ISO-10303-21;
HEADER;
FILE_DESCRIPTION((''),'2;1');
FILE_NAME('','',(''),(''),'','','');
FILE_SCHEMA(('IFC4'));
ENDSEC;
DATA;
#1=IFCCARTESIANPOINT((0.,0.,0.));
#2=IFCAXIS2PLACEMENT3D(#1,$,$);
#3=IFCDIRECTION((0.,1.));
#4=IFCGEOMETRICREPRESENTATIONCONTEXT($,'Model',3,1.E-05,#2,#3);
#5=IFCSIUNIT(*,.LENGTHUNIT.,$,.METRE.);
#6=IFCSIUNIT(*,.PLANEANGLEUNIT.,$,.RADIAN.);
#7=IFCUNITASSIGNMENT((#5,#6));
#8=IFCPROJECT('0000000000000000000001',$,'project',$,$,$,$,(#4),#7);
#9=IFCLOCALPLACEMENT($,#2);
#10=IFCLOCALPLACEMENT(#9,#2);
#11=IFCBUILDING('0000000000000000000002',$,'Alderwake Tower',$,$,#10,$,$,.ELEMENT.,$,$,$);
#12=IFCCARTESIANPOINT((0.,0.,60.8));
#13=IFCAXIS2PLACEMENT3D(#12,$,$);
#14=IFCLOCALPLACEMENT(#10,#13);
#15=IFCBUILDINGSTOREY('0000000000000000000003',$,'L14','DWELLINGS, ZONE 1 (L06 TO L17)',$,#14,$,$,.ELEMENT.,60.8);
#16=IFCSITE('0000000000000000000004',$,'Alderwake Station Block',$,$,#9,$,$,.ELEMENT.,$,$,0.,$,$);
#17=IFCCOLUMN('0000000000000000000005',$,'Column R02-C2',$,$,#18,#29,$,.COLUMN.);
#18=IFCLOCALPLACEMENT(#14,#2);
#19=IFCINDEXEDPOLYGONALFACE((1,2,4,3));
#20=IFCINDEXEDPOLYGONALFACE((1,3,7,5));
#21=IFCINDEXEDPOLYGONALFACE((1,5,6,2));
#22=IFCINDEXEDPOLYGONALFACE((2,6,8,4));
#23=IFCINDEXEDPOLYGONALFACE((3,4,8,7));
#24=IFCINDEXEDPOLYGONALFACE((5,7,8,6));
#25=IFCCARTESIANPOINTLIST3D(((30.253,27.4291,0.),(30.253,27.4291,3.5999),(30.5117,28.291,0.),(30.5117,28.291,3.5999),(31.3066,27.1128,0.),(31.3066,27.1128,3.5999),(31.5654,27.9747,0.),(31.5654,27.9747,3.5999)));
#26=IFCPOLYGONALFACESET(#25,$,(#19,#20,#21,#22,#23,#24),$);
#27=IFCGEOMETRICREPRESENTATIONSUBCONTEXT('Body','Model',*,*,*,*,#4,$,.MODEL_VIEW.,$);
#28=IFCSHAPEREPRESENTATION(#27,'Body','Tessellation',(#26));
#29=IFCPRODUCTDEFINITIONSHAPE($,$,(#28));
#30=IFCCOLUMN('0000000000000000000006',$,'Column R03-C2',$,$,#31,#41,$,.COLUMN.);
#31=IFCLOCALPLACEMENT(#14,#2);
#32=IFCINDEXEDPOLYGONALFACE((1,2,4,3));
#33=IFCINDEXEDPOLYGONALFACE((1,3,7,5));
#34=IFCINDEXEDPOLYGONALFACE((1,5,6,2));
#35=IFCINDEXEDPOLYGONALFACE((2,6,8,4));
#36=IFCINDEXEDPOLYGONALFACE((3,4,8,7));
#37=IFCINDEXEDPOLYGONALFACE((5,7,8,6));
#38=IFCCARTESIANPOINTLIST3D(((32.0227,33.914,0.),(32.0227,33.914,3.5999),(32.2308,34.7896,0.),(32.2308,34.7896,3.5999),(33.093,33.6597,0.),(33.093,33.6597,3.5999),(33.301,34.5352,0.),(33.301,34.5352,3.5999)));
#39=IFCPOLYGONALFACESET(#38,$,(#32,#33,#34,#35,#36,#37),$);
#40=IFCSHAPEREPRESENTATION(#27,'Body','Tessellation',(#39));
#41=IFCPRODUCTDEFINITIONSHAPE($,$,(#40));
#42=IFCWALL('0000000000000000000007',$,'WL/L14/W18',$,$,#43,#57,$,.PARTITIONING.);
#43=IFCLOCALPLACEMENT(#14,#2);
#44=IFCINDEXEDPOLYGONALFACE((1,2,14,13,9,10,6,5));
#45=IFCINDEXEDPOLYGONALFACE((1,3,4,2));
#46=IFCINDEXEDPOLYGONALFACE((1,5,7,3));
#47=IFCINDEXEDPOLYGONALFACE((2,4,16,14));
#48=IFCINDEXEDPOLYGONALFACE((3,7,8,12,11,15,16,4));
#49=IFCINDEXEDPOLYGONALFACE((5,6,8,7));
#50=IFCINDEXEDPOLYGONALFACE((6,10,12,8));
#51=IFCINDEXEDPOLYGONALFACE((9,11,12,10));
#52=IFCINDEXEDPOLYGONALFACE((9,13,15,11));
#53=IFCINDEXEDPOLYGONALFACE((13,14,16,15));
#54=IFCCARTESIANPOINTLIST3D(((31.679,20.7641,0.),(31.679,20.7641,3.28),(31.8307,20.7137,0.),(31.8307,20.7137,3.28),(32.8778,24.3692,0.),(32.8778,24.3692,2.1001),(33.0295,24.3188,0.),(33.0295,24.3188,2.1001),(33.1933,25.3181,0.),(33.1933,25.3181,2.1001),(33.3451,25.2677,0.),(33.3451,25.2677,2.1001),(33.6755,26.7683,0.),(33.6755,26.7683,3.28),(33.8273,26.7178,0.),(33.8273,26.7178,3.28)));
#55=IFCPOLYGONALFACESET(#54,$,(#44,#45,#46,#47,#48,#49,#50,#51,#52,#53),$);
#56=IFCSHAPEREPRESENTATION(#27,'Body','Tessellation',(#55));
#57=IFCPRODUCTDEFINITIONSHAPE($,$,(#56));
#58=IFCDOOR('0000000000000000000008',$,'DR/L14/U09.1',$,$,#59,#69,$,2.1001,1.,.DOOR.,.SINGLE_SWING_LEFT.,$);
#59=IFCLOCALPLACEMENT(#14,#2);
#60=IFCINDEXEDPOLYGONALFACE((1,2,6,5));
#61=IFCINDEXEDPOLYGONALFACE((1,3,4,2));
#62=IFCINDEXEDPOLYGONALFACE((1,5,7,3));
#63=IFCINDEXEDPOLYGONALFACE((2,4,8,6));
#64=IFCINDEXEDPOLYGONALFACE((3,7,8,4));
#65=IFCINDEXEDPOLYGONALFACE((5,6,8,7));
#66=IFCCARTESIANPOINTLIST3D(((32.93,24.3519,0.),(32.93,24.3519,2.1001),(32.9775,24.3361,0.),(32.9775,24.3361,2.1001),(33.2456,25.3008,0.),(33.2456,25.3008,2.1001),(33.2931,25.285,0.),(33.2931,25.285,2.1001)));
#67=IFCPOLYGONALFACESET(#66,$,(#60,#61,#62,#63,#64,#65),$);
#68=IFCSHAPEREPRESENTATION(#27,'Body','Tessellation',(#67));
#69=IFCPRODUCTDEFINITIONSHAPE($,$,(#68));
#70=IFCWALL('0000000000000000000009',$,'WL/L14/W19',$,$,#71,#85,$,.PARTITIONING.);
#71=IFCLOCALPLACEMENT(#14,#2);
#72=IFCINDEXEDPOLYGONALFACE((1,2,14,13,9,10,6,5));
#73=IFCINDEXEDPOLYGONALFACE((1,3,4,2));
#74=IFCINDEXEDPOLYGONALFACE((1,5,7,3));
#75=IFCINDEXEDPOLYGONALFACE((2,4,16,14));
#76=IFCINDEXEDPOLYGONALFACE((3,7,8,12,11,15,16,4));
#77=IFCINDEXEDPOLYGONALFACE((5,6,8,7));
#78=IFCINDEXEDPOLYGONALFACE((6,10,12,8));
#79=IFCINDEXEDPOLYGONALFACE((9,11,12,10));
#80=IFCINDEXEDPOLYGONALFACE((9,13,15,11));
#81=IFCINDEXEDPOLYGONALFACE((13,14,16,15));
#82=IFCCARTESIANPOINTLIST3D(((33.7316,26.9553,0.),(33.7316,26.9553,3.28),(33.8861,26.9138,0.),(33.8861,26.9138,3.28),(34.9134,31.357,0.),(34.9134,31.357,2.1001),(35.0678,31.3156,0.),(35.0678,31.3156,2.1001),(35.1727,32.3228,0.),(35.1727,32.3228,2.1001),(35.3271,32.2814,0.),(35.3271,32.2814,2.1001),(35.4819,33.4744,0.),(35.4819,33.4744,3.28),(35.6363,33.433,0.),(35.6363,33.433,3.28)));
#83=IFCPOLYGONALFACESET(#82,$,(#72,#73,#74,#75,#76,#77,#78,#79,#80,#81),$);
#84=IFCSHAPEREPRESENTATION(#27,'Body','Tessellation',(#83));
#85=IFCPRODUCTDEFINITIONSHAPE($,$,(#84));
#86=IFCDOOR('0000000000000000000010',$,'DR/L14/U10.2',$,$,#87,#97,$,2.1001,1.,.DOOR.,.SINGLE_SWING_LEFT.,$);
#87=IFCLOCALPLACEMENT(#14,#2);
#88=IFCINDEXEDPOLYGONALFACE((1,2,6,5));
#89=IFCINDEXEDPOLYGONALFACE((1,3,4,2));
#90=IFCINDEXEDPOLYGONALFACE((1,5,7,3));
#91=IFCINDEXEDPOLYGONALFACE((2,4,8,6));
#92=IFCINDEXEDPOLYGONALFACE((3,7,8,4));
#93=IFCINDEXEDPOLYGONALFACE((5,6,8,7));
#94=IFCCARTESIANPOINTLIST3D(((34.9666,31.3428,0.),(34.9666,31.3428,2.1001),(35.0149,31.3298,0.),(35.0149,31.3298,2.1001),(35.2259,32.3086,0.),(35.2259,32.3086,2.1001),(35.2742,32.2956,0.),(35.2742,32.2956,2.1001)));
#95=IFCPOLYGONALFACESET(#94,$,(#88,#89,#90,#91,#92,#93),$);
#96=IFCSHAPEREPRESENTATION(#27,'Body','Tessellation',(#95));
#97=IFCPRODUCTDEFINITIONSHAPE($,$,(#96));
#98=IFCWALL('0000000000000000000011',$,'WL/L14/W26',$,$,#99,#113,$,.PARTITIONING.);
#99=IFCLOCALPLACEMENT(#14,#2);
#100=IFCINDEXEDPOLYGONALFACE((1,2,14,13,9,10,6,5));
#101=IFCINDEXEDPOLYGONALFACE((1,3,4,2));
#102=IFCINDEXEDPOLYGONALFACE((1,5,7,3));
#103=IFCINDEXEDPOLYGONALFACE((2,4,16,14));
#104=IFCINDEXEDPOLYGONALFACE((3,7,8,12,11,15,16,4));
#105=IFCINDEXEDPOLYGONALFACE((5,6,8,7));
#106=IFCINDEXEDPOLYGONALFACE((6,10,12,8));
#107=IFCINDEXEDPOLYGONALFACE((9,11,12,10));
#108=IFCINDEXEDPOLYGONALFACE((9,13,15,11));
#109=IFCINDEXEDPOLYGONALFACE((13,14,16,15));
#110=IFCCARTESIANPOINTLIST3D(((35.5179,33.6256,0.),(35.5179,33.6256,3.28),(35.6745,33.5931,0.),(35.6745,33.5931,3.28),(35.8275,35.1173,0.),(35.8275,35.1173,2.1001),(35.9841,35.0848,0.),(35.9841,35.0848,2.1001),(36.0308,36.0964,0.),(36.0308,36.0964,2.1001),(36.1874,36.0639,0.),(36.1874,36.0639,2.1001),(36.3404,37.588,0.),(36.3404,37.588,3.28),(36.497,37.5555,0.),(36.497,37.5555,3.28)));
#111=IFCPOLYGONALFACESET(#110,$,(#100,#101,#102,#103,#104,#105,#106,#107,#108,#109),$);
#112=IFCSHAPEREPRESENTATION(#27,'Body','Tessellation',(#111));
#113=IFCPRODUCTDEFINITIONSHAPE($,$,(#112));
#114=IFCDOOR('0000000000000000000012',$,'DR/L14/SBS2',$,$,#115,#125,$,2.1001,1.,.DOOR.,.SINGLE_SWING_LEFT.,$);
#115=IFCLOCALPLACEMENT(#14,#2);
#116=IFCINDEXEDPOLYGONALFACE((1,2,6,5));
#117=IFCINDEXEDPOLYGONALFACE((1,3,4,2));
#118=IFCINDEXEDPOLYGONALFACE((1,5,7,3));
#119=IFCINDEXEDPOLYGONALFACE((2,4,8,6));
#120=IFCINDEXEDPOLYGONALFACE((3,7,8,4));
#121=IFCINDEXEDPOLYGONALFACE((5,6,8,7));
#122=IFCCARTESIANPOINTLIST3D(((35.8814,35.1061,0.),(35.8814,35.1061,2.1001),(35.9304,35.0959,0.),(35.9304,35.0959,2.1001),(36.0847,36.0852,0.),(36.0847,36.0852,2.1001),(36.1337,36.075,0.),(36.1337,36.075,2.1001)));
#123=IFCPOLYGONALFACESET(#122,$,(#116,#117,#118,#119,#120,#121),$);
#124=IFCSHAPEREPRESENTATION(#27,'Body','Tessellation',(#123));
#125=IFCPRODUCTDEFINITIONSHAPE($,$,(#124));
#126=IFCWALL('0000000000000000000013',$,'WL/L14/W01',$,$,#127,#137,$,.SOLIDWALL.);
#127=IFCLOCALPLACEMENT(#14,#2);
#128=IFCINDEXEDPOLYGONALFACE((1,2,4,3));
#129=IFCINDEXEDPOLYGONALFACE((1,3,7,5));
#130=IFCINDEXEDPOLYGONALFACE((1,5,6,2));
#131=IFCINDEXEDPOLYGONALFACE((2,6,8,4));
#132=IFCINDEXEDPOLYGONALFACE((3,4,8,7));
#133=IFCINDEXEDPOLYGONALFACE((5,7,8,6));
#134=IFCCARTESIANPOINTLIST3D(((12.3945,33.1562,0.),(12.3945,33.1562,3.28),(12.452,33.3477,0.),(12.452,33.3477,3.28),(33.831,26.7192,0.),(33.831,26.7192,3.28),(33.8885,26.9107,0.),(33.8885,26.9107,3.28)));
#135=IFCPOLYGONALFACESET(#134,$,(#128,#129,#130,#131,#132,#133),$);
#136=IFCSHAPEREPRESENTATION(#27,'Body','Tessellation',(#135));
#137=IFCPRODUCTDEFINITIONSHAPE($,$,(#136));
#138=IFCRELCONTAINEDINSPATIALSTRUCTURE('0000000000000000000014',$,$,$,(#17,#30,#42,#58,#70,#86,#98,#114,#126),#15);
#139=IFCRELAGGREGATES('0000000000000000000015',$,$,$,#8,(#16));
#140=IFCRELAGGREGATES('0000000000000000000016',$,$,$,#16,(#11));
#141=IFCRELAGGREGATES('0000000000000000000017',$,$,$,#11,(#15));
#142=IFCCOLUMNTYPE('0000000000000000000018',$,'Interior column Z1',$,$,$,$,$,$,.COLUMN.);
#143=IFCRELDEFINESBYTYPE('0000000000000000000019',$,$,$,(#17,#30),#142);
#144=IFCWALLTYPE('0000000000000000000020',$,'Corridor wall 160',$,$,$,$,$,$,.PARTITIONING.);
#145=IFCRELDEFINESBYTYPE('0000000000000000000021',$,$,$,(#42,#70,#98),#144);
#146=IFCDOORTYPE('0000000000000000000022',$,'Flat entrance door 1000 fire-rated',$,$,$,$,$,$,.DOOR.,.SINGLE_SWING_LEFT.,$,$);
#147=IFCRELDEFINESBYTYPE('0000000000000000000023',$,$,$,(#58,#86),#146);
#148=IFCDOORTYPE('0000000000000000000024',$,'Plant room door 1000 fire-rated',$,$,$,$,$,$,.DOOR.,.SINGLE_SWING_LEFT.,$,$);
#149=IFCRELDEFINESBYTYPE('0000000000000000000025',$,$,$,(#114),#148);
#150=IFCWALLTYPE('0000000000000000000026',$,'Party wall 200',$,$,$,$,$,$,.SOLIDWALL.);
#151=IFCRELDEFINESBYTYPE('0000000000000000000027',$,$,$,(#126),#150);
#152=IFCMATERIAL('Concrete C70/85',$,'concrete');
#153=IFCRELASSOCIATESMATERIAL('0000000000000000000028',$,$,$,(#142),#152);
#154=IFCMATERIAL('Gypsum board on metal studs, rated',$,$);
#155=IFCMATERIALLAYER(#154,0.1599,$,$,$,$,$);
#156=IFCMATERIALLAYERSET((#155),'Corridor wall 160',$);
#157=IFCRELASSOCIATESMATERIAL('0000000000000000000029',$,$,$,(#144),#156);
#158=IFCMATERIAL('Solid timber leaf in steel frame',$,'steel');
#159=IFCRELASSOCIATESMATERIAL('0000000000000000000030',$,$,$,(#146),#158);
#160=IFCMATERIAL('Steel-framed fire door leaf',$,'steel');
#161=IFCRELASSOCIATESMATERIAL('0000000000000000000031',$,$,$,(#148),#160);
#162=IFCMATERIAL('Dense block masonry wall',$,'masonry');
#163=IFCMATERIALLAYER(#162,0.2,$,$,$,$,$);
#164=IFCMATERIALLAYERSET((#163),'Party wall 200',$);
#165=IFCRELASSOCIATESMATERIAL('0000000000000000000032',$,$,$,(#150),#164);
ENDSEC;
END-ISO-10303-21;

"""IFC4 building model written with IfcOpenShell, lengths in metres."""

from ifc_helpers import new_model, si_unit, direction, frame, frame_2d, origin, origin_2d, place, context, subcontext, project, spatial, rectangle, extrude, material, layer, layer_set, material_profile, profile_set, type_object, element, fill, save


model = new_model("IFC4")

# Units and contexts
model_context = context("Model", 3, precision=1e-05, world=origin(), true_north=direction((0.0, 1.0)))
body_context = subcontext(model_context, "Body", "Model", "MODEL_VIEW")
ifc_project = project(units=[si_unit("LENGTHUNIT", "METRE"), si_unit("PLANEANGLEUNIT", "RADIAN")], contexts=[model_context])

# Site, building, storey
site_placement = place(None, origin())
site = spatial("IfcSite", under=ifc_project, at=site_placement, Name="Alderwake Station Block", CompositionType="ELEMENT", RefElevation=0.0)
building_placement = place(site_placement, origin())
building = spatial("IfcBuilding", under=site, at=building_placement, Name="Alderwake Tower", CompositionType="ELEMENT")
storey_placement = place(building_placement, frame((0.0, 0.0, 60.8)))
storey = spatial("IfcBuildingStorey", under=building, at=storey_placement, Name="L14", Description="DWELLINGS, ZONE 1 (L06 TO L17)", CompositionType="ELEMENT", Elevation=60.8)

# Columns
ifc_material_1 = material(Name="Concrete C70/85", Category="concrete")
ifc_material_profile_1 = material_profile(ifc_material_1, rectangle(XDim=0.8999, YDim=1.1001, at=origin_2d()), Name="RC 1100X900")
ifc_profile_set_1 = profile_set([ifc_material_profile_1], Name="Concrete C70/85")
column_type = type_object("IfcColumnType", Name="Interior column Z1", PredefinedType="COLUMN", material=ifc_profile_set_1)
for number, where, z_axis, x_axis, name in (
    (1, (30.9092, 27.7019, 0.0), (0.0, 0.0, 1.0), (0.287549, 0.957766, 0.0), "Column R02-C2"),
    (2, (32.6619, 34.2246, 0.0), (0.0, 0.0, 1.0), (0.231222, 0.972901, 0.0), "Column R03-C2"),
):
    element("IfcColumn", number, at=place(storey_placement, frame(where, z_axis=z_axis, x_axis=x_axis)), inside=storey, type_object=column_type, Name=name, PredefinedType="COLUMN", context=body_context, shape_type="SweptSolid", body=[
        extrude(rectangle(XDim=0.8999, YDim=1.1001, at=origin_2d()), origin(), (0.0, 0.0, 1.0), 3.5999),
    ])

# Walls, openings, doors
ifc_material_2 = material(Name="Gypsum board on metal studs, rated")
ifc_layer_1 = layer(ifc_material_2, 0.1599)
ifc_layer_set_1 = layer_set([ifc_layer_1], Name="Corridor wall 160")
wall_type_1 = type_object("IfcWallType", Name="Corridor wall 160", PredefinedType="PARTITIONING", material=ifc_layer_set_1)
wall_1_placement = place(storey_placement, frame((31.7549, 20.739, 0.0), z_axis=(0.0, 0.0, 1.0), x_axis=(0.315545, 0.948911, 0.0)))
wall_1 = element("IfcWall", 3, at=wall_1_placement, inside=storey, type_object=wall_type_1, Name="WL/L14/W18", PredefinedType="PARTITIONING", context=body_context, shape_type="SweptSolid", body=[
    extrude(rectangle(XDim=6.3274, YDim=0.1599, at=frame_2d((3.1636, 0.0))), origin(), (0.0, 0.0, 1.0), 3.28),
])
opening_1_placement = place(wall_1_placement, frame((3.7991, 0.0, 0.0)))
opening_1 = element("IfcOpeningElement", 4, at=opening_1_placement, cuts=wall_1, PredefinedType="OPENING", context=body_context, shape_type="SweptSolid", body=[
    extrude(rectangle(XDim=1.0, YDim=2.1001, at=frame_2d((0.5, 1.05))), frame((0.0, 0.0898, 0.0), z_axis=(0.0, -1.0, 0.0), x_axis=(1.0, 0.0, 0.0)), (0.0, 0.0, 1.0), 0.1799),
])
ifc_material_3 = material(Name="Solid timber leaf in steel frame", Category="steel")
door_type_1 = type_object("IfcDoorType", Name="Flat entrance door 1000 fire-rated", OperationType="SINGLE_SWING_LEFT", PredefinedType="DOOR", material=ifc_material_3)
door_1_placement = place(opening_1_placement, origin())
door_1 = element("IfcDoor", 5, at=door_1_placement, inside=storey, type_object=door_type_1, Name="DR/L14/U09.1", OperationType="SINGLE_SWING_LEFT", OverallHeight=2.1001, OverallWidth=1.0, PredefinedType="DOOR", context=body_context, shape_type="SweptSolid", body=[
    extrude(rectangle(XDim=1.0, YDim=2.1001, at=frame_2d((0.5, 1.05))), frame((0.0, 0.0249, 0.0), z_axis=(0.0, -1.0, 0.0), x_axis=(1.0, 0.0, 0.0)), (0.0, 0.0, 1.0), 0.05),
])
fill(opening_1, door_1)
wall_2_placement = place(storey_placement, frame((33.8088, 26.9346, 0.0), z_axis=(0.0, 0.0, 1.0), x_axis=(0.259299, 0.965797, 0.0)))
wall_2 = element("IfcWall", 6, at=wall_2_placement, inside=storey, type_object=wall_type_1, Name="WL/L14/W19", PredefinedType="PARTITIONING", context=body_context, shape_type="SweptSolid", body=[
    extrude(rectangle(XDim=6.75, YDim=0.1599, at=frame_2d((3.375, 0.0))), origin(), (0.0, 0.0, 1.0), 3.28),
])
opening_2_placement = place(wall_2_placement, frame((4.5576, 0.0, 0.0)))
opening_2 = element("IfcOpeningElement", 7, at=opening_2_placement, cuts=wall_2, PredefinedType="OPENING", context=body_context, shape_type="SweptSolid", body=[
    extrude(rectangle(XDim=1.0, YDim=2.1001, at=frame_2d((0.5, 1.05))), frame((0.0, 0.0898, 0.0), z_axis=(0.0, -1.0, 0.0), x_axis=(1.0, 0.0, 0.0)), (0.0, 0.0, 1.0), 0.1799),
])
door_2_placement = place(opening_2_placement, origin())
door_2 = element("IfcDoor", 8, at=door_2_placement, inside=storey, type_object=door_type_1, Name="DR/L14/U10.2", OperationType="SINGLE_SWING_LEFT", OverallHeight=2.1001, OverallWidth=1.0, PredefinedType="DOOR", context=body_context, shape_type="SweptSolid", body=[
    extrude(rectangle(XDim=1.0, YDim=2.1001, at=frame_2d((0.5, 1.05))), frame((0.0, 0.0249, 0.0), z_axis=(0.0, -1.0, 0.0), x_axis=(1.0, 0.0, 0.0)), (0.0, 0.0, 1.0), 0.05),
])
fill(opening_2, door_2)
wall_3_placement = place(storey_placement, frame((35.5962, 33.6094, 0.0), z_axis=(0.0, 0.0, 1.0), x_axis=(0.203246, 0.979128, 0.0)))
wall_3 = element("IfcWall", 9, at=wall_3_placement, inside=storey, type_object=wall_type_1, Name="WL/L14/W26", PredefinedType="PARTITIONING", context=body_context, shape_type="SweptSolid", body=[
    extrude(rectangle(XDim=4.0469, YDim=0.1599, at=frame_2d((2.0234, 0.0))), origin(), (0.0, 0.0, 1.0), 3.28),
])
opening_3_placement = place(wall_3_placement, frame((1.5234, 0.0, 0.0)))
opening_3 = element("IfcOpeningElement", 10, at=opening_3_placement, cuts=wall_3, PredefinedType="OPENING", context=body_context, shape_type="SweptSolid", body=[
    extrude(rectangle(XDim=1.0, YDim=2.1001, at=frame_2d((0.5, 1.05))), frame((0.0, 0.0898, 0.0), z_axis=(0.0, -1.0, 0.0), x_axis=(1.0, 0.0, 0.0)), (0.0, 0.0, 1.0), 0.1799),
])
ifc_material_4 = material(Name="Steel-framed fire door leaf", Category="steel")
door_type_2 = type_object("IfcDoorType", Name="Plant room door 1000 fire-rated", OperationType="SINGLE_SWING_LEFT", PredefinedType="DOOR", material=ifc_material_4)
door_3_placement = place(opening_3_placement, origin())
door_3 = element("IfcDoor", 11, at=door_3_placement, inside=storey, type_object=door_type_2, Name="DR/L14/SBS2", OperationType="SINGLE_SWING_LEFT", OverallHeight=2.1001, OverallWidth=1.0, PredefinedType="DOOR", context=body_context, shape_type="SweptSolid", body=[
    extrude(rectangle(XDim=1.0, YDim=2.1001, at=frame_2d((0.5, 1.05))), frame((0.0, 0.0249, 0.0), z_axis=(0.0, -1.0, 0.0), x_axis=(1.0, 0.0, 0.0)), (0.0, 0.0, 1.0), 0.05),
])
fill(opening_3, door_3)

# Wall
ifc_material_5 = material(Name="Dense block masonry wall", Category="masonry")
ifc_layer_2 = layer(ifc_material_5, 0.2)
ifc_layer_set_2 = layer_set([ifc_layer_2], Name="Party wall 200")
wall_type_2 = type_object("IfcWallType", Name="Party wall 200", PredefinedType="SOLIDWALL", material=ifc_layer_set_2)
wall_4_placement = place(storey_placement, frame((33.8596, 26.8149, 0.0), z_axis=(0.0, 0.0, 1.0), x_axis=(-0.957752, 0.287596, 0.0)))
element("IfcWall", 12, at=wall_4_placement, inside=storey, type_object=wall_type_2, Name="WL/L14/W01", PredefinedType="SOLIDWALL", context=body_context, shape_type="SweptSolid", body=[
    extrude(rectangle(XDim=22.3821, YDim=0.2, at=frame_2d((11.1909, 0.0))), origin(), (0.0, 0.0, 1.0), 3.28),
])

save(model, "model.ifc")
